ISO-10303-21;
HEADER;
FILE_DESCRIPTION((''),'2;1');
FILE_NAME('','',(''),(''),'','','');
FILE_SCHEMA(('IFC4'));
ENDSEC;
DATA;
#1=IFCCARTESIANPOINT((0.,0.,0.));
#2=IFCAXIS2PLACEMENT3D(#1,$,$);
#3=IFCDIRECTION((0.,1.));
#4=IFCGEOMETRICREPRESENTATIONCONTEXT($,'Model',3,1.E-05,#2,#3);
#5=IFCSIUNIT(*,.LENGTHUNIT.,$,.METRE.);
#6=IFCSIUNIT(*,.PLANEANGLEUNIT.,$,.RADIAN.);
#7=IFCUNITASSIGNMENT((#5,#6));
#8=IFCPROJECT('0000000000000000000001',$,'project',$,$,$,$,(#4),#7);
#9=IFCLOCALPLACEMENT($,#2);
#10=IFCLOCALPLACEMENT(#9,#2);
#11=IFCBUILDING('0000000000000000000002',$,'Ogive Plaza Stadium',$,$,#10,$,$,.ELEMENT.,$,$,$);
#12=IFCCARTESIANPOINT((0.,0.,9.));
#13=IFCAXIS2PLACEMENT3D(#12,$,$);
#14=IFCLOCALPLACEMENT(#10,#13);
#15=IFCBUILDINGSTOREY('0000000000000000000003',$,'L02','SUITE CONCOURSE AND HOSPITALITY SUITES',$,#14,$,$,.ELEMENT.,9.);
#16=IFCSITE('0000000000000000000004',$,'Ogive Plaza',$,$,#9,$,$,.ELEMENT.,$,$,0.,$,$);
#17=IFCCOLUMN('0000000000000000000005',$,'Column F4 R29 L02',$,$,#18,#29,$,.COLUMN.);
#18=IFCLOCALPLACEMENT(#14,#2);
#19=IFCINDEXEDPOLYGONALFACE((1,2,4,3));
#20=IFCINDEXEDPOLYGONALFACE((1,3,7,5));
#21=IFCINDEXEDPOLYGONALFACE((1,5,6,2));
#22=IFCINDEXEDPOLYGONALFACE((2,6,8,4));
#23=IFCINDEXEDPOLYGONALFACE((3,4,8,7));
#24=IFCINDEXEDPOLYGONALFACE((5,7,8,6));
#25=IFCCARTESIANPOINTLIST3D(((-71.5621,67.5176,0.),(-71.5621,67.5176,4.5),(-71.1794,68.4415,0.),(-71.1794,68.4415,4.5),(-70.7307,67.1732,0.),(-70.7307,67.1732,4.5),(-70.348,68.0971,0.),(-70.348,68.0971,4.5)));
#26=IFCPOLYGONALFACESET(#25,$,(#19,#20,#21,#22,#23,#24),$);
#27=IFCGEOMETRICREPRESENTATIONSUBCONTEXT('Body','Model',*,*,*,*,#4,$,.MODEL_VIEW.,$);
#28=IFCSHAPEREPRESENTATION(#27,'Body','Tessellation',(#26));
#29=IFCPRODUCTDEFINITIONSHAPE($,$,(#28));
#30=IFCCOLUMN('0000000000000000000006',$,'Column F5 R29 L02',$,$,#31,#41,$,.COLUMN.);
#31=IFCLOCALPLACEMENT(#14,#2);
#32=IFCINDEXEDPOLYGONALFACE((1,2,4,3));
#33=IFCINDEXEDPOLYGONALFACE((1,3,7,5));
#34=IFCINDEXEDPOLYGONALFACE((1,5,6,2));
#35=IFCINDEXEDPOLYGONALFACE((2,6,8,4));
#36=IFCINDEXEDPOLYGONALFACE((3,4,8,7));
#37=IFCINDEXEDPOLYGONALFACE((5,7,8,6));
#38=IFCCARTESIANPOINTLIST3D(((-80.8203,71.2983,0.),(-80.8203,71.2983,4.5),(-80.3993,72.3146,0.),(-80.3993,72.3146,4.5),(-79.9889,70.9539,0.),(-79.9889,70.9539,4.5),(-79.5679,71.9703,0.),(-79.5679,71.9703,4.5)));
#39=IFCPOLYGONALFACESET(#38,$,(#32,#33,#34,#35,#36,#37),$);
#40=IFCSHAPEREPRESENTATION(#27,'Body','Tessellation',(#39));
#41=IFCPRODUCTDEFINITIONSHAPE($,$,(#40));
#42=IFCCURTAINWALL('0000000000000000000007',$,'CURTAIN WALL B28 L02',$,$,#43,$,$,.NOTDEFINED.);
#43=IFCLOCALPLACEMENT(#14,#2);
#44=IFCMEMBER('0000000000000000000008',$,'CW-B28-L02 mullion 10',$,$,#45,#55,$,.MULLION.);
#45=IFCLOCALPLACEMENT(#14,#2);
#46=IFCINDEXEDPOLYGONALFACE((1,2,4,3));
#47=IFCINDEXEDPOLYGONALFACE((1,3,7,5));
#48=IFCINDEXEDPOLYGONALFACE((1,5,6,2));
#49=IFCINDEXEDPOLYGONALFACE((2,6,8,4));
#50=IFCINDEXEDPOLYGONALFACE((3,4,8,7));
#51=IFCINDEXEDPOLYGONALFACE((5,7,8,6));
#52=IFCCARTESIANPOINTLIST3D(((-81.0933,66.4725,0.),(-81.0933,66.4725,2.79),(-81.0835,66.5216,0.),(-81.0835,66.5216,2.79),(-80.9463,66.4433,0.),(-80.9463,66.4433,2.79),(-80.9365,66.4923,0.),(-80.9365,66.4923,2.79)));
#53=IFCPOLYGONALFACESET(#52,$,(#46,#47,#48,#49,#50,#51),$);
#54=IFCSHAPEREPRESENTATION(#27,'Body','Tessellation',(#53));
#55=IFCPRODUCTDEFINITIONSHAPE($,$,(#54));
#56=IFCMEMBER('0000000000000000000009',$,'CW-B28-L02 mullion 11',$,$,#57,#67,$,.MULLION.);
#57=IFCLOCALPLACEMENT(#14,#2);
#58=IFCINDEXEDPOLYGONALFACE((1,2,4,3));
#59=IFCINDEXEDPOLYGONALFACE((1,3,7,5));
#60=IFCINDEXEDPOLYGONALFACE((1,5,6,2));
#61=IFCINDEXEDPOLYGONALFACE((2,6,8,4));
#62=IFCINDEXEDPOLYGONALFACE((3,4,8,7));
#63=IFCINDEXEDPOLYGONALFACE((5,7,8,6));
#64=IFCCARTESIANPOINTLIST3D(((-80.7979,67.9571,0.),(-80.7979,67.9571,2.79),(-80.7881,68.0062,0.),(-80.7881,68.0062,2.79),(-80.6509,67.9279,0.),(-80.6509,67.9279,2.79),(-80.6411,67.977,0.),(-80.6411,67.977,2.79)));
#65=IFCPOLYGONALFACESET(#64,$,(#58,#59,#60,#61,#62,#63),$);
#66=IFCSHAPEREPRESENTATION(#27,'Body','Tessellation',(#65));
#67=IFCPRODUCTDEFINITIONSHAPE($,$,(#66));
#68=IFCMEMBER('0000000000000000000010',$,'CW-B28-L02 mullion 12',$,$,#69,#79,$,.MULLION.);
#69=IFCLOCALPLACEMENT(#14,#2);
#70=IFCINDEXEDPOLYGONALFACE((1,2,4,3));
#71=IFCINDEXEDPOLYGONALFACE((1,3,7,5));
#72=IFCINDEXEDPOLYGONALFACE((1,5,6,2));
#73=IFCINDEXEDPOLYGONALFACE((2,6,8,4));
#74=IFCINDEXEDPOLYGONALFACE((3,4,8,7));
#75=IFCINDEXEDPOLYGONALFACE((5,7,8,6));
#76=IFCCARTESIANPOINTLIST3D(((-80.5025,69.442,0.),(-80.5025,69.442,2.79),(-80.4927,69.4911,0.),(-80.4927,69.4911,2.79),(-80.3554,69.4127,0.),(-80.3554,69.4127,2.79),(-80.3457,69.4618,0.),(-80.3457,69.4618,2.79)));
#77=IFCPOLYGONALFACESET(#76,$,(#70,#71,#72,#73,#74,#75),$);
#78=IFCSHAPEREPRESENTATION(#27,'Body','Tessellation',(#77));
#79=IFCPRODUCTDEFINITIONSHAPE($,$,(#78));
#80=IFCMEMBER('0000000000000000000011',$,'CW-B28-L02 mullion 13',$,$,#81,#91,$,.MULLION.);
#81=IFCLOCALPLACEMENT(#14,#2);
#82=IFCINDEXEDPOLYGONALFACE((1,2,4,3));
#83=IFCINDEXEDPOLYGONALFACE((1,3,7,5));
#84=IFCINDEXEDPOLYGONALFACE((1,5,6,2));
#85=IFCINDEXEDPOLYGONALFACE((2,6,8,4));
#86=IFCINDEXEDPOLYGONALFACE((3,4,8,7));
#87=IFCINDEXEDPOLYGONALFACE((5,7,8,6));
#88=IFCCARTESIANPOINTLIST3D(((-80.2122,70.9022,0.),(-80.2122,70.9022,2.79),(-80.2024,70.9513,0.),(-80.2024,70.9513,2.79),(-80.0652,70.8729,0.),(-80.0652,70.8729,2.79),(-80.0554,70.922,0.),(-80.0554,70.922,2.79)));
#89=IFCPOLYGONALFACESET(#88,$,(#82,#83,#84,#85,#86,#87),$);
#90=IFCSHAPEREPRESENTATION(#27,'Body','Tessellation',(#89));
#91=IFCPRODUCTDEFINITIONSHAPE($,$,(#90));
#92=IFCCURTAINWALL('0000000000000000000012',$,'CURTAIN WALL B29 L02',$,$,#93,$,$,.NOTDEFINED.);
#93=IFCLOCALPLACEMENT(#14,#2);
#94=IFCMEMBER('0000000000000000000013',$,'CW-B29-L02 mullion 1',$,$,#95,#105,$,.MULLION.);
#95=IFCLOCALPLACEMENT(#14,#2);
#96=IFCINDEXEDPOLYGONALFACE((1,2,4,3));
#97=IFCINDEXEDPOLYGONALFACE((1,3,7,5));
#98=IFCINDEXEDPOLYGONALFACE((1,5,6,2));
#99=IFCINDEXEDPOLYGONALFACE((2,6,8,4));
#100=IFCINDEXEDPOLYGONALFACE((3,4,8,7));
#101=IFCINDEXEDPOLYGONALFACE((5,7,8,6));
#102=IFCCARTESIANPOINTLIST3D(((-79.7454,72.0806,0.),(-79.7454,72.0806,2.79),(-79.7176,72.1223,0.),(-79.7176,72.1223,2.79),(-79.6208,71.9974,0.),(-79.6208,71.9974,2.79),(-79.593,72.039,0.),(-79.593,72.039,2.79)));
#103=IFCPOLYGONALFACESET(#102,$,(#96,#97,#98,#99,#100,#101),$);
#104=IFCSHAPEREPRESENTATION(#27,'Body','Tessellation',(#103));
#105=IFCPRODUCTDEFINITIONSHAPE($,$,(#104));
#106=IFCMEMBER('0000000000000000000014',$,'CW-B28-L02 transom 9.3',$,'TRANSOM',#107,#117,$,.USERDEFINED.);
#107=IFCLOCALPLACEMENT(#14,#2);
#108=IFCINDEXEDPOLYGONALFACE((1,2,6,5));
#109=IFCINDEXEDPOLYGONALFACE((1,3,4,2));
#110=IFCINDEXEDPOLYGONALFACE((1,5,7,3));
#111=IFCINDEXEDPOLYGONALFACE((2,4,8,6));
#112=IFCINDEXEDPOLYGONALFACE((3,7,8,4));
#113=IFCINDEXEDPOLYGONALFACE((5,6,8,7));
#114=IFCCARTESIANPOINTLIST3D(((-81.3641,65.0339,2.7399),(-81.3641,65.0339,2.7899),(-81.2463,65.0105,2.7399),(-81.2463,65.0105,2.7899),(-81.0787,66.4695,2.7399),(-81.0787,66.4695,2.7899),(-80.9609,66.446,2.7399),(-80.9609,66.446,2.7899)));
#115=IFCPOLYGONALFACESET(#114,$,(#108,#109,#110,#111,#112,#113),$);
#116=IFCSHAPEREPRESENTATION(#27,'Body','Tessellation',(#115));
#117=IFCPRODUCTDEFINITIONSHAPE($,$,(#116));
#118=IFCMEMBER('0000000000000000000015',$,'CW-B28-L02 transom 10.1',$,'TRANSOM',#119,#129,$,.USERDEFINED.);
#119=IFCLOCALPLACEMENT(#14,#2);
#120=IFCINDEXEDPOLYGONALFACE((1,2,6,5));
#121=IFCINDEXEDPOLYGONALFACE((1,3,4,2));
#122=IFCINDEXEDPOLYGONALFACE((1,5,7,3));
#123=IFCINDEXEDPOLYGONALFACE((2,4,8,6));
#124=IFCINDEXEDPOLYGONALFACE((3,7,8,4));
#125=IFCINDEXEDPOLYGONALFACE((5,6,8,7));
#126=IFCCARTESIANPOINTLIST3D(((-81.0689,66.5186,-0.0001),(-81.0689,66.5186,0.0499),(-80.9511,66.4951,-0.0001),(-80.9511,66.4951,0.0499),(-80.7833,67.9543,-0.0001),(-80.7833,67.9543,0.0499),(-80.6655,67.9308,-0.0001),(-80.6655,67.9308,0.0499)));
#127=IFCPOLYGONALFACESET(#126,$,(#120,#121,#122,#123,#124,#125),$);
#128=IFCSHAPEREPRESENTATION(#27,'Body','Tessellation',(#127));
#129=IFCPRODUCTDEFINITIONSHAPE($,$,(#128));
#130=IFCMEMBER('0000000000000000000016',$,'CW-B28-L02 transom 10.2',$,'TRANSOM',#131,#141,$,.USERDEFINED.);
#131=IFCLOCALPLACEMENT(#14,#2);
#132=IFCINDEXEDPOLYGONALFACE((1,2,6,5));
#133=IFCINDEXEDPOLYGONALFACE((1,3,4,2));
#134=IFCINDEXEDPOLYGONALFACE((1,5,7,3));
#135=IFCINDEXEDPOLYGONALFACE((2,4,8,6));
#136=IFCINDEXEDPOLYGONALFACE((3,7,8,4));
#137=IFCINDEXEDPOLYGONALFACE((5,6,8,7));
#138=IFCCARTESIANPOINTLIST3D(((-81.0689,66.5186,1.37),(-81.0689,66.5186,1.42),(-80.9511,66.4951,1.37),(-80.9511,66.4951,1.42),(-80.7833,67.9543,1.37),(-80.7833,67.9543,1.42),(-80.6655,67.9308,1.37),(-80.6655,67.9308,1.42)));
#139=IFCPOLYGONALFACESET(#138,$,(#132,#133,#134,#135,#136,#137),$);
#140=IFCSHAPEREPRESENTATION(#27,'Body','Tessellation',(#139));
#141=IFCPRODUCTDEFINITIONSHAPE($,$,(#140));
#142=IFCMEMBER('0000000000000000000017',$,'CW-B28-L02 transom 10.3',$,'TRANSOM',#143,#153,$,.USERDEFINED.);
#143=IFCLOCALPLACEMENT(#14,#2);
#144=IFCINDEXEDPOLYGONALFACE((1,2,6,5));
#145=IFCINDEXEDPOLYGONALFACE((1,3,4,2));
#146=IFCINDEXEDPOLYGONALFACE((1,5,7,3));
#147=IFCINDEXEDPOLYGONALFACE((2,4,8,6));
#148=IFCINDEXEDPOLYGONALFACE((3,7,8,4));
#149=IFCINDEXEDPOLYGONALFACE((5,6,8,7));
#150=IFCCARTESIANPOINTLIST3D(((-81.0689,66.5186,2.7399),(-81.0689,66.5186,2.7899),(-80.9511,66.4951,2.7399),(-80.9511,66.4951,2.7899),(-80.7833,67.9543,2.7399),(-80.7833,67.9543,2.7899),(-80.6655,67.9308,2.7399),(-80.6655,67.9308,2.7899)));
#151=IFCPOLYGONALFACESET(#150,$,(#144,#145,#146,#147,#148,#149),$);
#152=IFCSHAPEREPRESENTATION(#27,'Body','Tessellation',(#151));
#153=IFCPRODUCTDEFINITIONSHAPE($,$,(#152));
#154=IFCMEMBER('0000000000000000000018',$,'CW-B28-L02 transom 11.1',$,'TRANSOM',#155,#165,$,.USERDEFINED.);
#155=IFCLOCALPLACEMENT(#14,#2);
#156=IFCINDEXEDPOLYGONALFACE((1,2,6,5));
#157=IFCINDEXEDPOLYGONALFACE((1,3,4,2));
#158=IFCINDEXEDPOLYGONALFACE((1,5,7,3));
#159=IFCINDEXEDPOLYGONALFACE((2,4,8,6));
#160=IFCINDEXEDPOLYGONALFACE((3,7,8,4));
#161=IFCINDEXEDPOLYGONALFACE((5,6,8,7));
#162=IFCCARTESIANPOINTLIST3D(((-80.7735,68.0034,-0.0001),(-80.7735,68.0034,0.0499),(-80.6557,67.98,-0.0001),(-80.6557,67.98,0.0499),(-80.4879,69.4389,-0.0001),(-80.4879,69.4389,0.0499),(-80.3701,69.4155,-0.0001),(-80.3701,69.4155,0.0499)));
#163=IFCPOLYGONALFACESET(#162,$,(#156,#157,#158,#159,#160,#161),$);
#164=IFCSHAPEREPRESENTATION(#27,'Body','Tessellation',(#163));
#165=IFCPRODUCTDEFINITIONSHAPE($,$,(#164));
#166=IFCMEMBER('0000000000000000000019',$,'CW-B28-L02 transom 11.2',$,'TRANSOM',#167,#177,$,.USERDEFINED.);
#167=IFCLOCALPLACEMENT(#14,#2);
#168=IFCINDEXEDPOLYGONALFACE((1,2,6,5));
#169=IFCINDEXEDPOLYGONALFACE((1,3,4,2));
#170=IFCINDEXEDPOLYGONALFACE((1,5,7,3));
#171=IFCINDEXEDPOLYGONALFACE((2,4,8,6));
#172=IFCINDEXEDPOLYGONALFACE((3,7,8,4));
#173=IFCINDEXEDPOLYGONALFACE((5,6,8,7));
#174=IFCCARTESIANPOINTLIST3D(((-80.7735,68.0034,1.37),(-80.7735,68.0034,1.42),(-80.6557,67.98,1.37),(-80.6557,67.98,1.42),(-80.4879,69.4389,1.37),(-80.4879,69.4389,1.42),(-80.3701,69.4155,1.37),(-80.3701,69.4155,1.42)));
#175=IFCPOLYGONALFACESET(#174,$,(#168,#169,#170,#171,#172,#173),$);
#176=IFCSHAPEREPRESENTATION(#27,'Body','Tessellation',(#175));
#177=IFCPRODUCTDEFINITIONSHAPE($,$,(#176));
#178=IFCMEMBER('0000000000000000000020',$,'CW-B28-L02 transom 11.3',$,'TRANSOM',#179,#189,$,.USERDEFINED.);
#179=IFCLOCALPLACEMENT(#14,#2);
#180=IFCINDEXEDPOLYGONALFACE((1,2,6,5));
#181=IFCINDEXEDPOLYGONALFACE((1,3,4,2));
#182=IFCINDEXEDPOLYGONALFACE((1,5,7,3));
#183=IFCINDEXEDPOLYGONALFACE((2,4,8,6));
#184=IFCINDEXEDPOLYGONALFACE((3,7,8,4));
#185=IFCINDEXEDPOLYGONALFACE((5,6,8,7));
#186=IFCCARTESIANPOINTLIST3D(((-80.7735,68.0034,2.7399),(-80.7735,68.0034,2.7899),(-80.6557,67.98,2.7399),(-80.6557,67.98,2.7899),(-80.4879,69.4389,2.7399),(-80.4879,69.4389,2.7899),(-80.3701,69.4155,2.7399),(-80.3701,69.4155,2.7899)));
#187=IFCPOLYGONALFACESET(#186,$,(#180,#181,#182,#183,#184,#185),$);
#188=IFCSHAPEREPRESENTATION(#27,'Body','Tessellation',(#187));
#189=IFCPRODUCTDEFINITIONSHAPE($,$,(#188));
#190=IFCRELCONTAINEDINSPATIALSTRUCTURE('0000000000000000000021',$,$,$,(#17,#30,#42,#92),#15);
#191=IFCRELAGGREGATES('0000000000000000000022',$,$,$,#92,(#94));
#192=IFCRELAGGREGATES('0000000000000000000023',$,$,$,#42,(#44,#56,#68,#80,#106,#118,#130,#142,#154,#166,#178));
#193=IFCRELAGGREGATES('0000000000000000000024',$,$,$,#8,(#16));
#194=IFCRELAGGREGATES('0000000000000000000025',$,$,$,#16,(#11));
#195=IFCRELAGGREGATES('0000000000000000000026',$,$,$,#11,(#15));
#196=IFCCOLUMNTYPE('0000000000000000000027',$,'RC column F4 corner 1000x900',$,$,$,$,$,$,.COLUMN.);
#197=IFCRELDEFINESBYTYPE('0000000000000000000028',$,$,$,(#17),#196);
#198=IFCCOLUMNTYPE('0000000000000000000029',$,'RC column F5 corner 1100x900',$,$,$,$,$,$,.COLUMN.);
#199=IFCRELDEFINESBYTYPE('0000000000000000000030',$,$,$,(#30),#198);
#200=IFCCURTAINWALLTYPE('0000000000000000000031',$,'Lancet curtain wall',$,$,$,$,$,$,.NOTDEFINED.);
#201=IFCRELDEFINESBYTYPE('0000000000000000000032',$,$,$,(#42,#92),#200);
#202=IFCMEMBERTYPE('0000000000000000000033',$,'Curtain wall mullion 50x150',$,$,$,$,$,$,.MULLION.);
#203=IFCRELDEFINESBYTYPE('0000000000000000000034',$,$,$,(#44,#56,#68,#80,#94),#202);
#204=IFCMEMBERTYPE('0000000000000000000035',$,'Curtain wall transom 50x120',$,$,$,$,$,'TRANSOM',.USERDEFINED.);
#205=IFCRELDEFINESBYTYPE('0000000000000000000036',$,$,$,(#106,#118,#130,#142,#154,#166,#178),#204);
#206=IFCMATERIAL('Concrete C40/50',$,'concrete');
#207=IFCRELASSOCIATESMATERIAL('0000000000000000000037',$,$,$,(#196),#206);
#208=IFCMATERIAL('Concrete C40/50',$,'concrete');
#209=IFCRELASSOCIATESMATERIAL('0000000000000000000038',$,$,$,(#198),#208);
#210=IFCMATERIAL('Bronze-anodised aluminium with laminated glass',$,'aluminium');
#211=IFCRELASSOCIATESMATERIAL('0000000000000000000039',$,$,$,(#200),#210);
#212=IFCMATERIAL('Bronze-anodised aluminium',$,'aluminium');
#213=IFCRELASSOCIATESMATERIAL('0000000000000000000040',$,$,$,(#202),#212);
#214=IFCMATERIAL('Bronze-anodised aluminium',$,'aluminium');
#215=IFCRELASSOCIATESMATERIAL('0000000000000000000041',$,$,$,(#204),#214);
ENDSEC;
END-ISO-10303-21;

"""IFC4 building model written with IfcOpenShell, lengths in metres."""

from ifc_helpers import new_model, si_unit, direction, frame, origin, origin_2d, place, context, subcontext, project, spatial, rectangle, extrude, material, material_profile, profile_set, type_object, element, aggregate, save


model = new_model("IFC4")

# Units and contexts
model_context = context("Model", 3, precision=1e-05, world=origin(), true_north=direction((0.0, 1.0)))
body_context = subcontext(model_context, "Body", "Model", "MODEL_VIEW")
ifc_project = project(units=[si_unit("LENGTHUNIT", "METRE"), si_unit("PLANEANGLEUNIT", "RADIAN")], contexts=[model_context])

# Site, building, storey
site_placement = place(None, origin())
site = spatial("IfcSite", under=ifc_project, at=site_placement, Name="Ogive Plaza", CompositionType="ELEMENT", RefElevation=0.0)
building_placement = place(site_placement, origin())
building = spatial("IfcBuilding", under=site, at=building_placement, Name="Ogive Plaza Stadium", CompositionType="ELEMENT")
storey_placement = place(building_placement, frame((0.0, 0.0, 9.0)))
storey = spatial("IfcBuildingStorey", under=building, at=storey_placement, Name="L02", Description="SUITE CONCOURSE AND HOSPITALITY SUITES", CompositionType="ELEMENT", Elevation=9.0)

# Columns
ifc_material_1 = material(Name="Concrete C40/50", Category="concrete")
ifc_material_profile_1 = material_profile(ifc_material_1, rectangle(XDim=1.0, YDim=0.8999, at=origin_2d()), Name="RC 1000x900")
ifc_profile_set_1 = profile_set([ifc_material_profile_1], Name="Concrete C40/50")
column_type_1 = type_object("IfcColumnType", Name="RC column F4 corner 1000x900", PredefinedType="COLUMN", material=ifc_profile_set_1)
column_1_placement = place(storey_placement, frame((-70.9551, 67.8074, 0.0), z_axis=(0.0, 0.0, 1.0), x_axis=(-0.382683, -0.92388, 0.0)))
element("IfcColumn", 1, at=column_1_placement, inside=storey, type_object=column_type_1, Name="Column F4 R29 L02", PredefinedType="COLUMN", context=body_context, shape_type="SweptSolid", body=[
    extrude(rectangle(XDim=1.0, YDim=0.8999, at=origin_2d()), origin(), (0.0, 0.0, 1.0), 4.5),
])
ifc_material_2 = material(Name="Concrete C40/50", Category="concrete")
ifc_material_profile_2 = material_profile(ifc_material_2, rectangle(XDim=1.1001, YDim=0.8999, at=origin_2d()), Name="RC 1100x900")
ifc_profile_set_2 = profile_set([ifc_material_profile_2], Name="Concrete C40/50")
column_type_2 = type_object("IfcColumnType", Name="RC column F5 corner 1100x900", PredefinedType="COLUMN", material=ifc_profile_set_2)
column_2_placement = place(storey_placement, frame((-80.1941, 71.6343, 0.0), z_axis=(0.0, 0.0, 1.0), x_axis=(-0.382683, -0.92388, 0.0)))
element("IfcColumn", 2, at=column_2_placement, inside=storey, type_object=column_type_2, Name="Column F5 R29 L02", PredefinedType="COLUMN", context=body_context, shape_type="SweptSolid", body=[
    extrude(rectangle(XDim=1.1001, YDim=0.8999, at=origin_2d()), origin(), (0.0, 0.0, 1.0), 4.5),
])

# Curtain wall, members
ifc_material_3 = material(Name="Bronze-anodised aluminium with laminated glass", Category="aluminium")
curtain_wall_type = type_object("IfcCurtainWallType", Name="Lancet curtain wall", PredefinedType="NOTDEFINED", material=ifc_material_3)
curtain_wall_1_placement = place(storey_placement, origin())
curtain_wall_1 = element("IfcCurtainWall", 3, at=curtain_wall_1_placement, inside=storey, type_object=curtain_wall_type, Name="CURTAIN WALL B28 L02", PredefinedType="NOTDEFINED")
ifc_material_4 = material(Name="Bronze-anodised aluminium", Category="aluminium")
ifc_material_profile_3 = material_profile(ifc_material_4, rectangle(XDim=0.1499, YDim=0.05, at=origin_2d()), Name="AL 150x50")
ifc_profile_set_3 = profile_set([ifc_material_profile_3], Name="Bronze-anodised aluminium")
member_type_1 = type_object("IfcMemberType", Name="Curtain wall mullion 50x150", PredefinedType="MULLION", material=ifc_profile_set_3)
member_1_placement = place(storey_placement, frame((-81.0149, 66.4824, 0.0), z_axis=(0.0, 0.0, 1.0), x_axis=(-0.980785, 0.19509, 0.0)))
member_1 = element("IfcMember", 4, at=member_1_placement, type_object=member_type_1, Name="CW-B28-L02 mullion 10", PredefinedType="MULLION", context=body_context, shape_type="SweptSolid", body=[
    extrude(rectangle(XDim=0.1499, YDim=0.05, at=origin_2d()), origin(), (0.0, 0.0, 1.0), 2.79),
])
member_2_placement = place(storey_placement, frame((-80.7195, 67.967, 0.0), z_axis=(0.0, 0.0, 1.0), x_axis=(-0.980785, 0.19509, 0.0)))
member_2 = element("IfcMember", 5, at=member_2_placement, type_object=member_type_1, Name="CW-B28-L02 mullion 11", PredefinedType="MULLION", context=body_context, shape_type="SweptSolid", body=[
    extrude(rectangle(XDim=0.1499, YDim=0.05, at=origin_2d()), origin(), (0.0, 0.0, 1.0), 2.79),
])
member_3_placement = place(storey_placement, frame((-80.4241, 69.4519, 0.0), z_axis=(0.0, 0.0, 1.0), x_axis=(-0.980785, 0.19509, 0.0)))
member_3 = element("IfcMember", 6, at=member_3_placement, type_object=member_type_1, Name="CW-B28-L02 mullion 12", PredefinedType="MULLION", context=body_context, shape_type="SweptSolid", body=[
    extrude(rectangle(XDim=0.1499, YDim=0.05, at=origin_2d()), origin(), (0.0, 0.0, 1.0), 2.79),
])
member_4_placement = place(storey_placement, frame((-80.1338, 70.9121, 0.0), z_axis=(0.0, 0.0, 1.0), x_axis=(-0.980785, 0.19509, 0.0)))
member_4 = element("IfcMember", 7, at=member_4_placement, type_object=member_type_1, Name="CW-B28-L02 mullion 13", PredefinedType="MULLION", context=body_context, shape_type="SweptSolid", body=[
    extrude(rectangle(XDim=0.1499, YDim=0.05, at=origin_2d()), origin(), (0.0, 0.0, 1.0), 2.79),
])

# Curtain wall, member
curtain_wall_2_placement = place(storey_placement, origin())
curtain_wall_2 = element("IfcCurtainWall", 8, at=curtain_wall_2_placement, inside=storey, type_object=curtain_wall_type, Name="CURTAIN WALL B29 L02", PredefinedType="NOTDEFINED")
member_5_placement = place(storey_placement, frame((-79.6692, 72.0598, 0.0), z_axis=(0.0, 0.0, 1.0), x_axis=(-0.83147, 0.55557, 0.0)))
member_5 = element("IfcMember", 9, at=member_5_placement, type_object=member_type_1, Name="CW-B29-L02 mullion 1", PredefinedType="MULLION", context=body_context, shape_type="SweptSolid", body=[
    extrude(rectangle(XDim=0.1499, YDim=0.05, at=origin_2d()), origin(), (0.0, 0.0, 1.0), 2.79),
])

# Members
ifc_material_5 = material(Name="Bronze-anodised aluminium", Category="aluminium")
ifc_material_profile_4 = material_profile(ifc_material_5, rectangle(XDim=0.1201, YDim=0.05, at=origin_2d()), Name="AL 120x50")
ifc_profile_set_4 = profile_set([ifc_material_profile_4], Name="Bronze-anodised aluminium")
member_type_2 = type_object("IfcMemberType", Name="Curtain wall transom 50x120", ElementType="TRANSOM", PredefinedType="USERDEFINED", material=ifc_profile_set_4)
member_6_placement = place(storey_placement, frame((-81.3052, 65.0222, 2.7649), z_axis=(0.194993, 0.980805, 0.0), x_axis=(-0.980805, 0.194993, 0.0)))
member_6 = element("IfcMember", 10, at=member_6_placement, type_object=member_type_2, Name="CW-B28-L02 transom 9.3", ObjectType="TRANSOM", PredefinedType="USERDEFINED", context=body_context, shape_type="SweptSolid", body=[
    extrude(rectangle(XDim=0.1201, YDim=0.05, at=origin_2d()), origin(), (0.0, 0.0, 1.0), 1.4636),
])
member_7_placement = place(storey_placement, frame((-81.01, 66.5068, 0.0249), z_axis=(0.195122, 0.980779, 0.0), x_axis=(-0.980779, 0.195122, 0.0)))
member_7 = element("IfcMember", 11, at=member_7_placement, type_object=member_type_2, Name="CW-B28-L02 transom 10.1", ObjectType="TRANSOM", PredefinedType="USERDEFINED", context=body_context, shape_type="SweptSolid", body=[
    extrude(rectangle(XDim=0.1201, YDim=0.05, at=origin_2d()), origin(), (0.0, 0.0, 1.0), 1.4639),
])
member_8_placement = place(storey_placement, frame((-81.01, 66.5068, 1.395), z_axis=(0.195122, 0.980779, 0.0), x_axis=(-0.980779, 0.195122, 0.0)))
member_8 = element("IfcMember", 12, at=member_8_placement, type_object=member_type_2, Name="CW-B28-L02 transom 10.2", ObjectType="TRANSOM", PredefinedType="USERDEFINED", context=body_context, shape_type="SweptSolid", body=[
    extrude(rectangle(XDim=0.1201, YDim=0.05, at=origin_2d()), origin(), (0.0, 0.0, 1.0), 1.4639),
])
member_9_placement = place(storey_placement, frame((-81.01, 66.5068, 2.7649), z_axis=(0.195122, 0.980779, 0.0), x_axis=(-0.980779, 0.195122, 0.0)))
member_9 = element("IfcMember", 13, at=member_9_placement, type_object=member_type_2, Name="CW-B28-L02 transom 10.3", ObjectType="TRANSOM", PredefinedType="USERDEFINED", context=body_context, shape_type="SweptSolid", body=[
    extrude(rectangle(XDim=0.1201, YDim=0.05, at=origin_2d()), origin(), (0.0, 0.0, 1.0), 1.4639),
])
member_10_placement = place(storey_placement, frame((-80.7146, 67.9917, 0.0249), z_axis=(0.195154, 0.980773, 0.0), x_axis=(-0.980773, 0.195154, 0.0)))
member_10 = element("IfcMember", 14, at=member_10_placement, type_object=member_type_2, Name="CW-B28-L02 transom 11.1", ObjectType="TRANSOM", PredefinedType="USERDEFINED", context=body_context, shape_type="SweptSolid", body=[
    extrude(rectangle(XDim=0.1201, YDim=0.05, at=origin_2d()), origin(), (0.0, 0.0, 1.0), 1.4636),
])
member_11_placement = place(storey_placement, frame((-80.7146, 67.9917, 1.395), z_axis=(0.195154, 0.980773, 0.0), x_axis=(-0.980773, 0.195154, 0.0)))
member_11 = element("IfcMember", 15, at=member_11_placement, type_object=member_type_2, Name="CW-B28-L02 transom 11.2", ObjectType="TRANSOM", PredefinedType="USERDEFINED", context=body_context, shape_type="SweptSolid", body=[
    extrude(rectangle(XDim=0.1201, YDim=0.05, at=origin_2d()), origin(), (0.0, 0.0, 1.0), 1.4636),
])
member_12_placement = place(storey_placement, frame((-80.7146, 67.9917, 2.7649), z_axis=(0.195154, 0.980773, 0.0), x_axis=(-0.980773, 0.195154, 0.0)))
member_12 = element("IfcMember", 16, at=member_12_placement, type_object=member_type_2, Name="CW-B28-L02 transom 11.3", ObjectType="TRANSOM", PredefinedType="USERDEFINED", context=body_context, shape_type="SweptSolid", body=[
    extrude(rectangle(XDim=0.1201, YDim=0.05, at=origin_2d()), origin(), (0.0, 0.0, 1.0), 1.4636),
])
aggregate(curtain_wall_2, [member_5])

aggregate(curtain_wall_1, [member_1, member_2, member_3, member_4, member_6, member_7, member_8, member_9, member_10, member_11, member_12])

save(model, "model.ifc")
